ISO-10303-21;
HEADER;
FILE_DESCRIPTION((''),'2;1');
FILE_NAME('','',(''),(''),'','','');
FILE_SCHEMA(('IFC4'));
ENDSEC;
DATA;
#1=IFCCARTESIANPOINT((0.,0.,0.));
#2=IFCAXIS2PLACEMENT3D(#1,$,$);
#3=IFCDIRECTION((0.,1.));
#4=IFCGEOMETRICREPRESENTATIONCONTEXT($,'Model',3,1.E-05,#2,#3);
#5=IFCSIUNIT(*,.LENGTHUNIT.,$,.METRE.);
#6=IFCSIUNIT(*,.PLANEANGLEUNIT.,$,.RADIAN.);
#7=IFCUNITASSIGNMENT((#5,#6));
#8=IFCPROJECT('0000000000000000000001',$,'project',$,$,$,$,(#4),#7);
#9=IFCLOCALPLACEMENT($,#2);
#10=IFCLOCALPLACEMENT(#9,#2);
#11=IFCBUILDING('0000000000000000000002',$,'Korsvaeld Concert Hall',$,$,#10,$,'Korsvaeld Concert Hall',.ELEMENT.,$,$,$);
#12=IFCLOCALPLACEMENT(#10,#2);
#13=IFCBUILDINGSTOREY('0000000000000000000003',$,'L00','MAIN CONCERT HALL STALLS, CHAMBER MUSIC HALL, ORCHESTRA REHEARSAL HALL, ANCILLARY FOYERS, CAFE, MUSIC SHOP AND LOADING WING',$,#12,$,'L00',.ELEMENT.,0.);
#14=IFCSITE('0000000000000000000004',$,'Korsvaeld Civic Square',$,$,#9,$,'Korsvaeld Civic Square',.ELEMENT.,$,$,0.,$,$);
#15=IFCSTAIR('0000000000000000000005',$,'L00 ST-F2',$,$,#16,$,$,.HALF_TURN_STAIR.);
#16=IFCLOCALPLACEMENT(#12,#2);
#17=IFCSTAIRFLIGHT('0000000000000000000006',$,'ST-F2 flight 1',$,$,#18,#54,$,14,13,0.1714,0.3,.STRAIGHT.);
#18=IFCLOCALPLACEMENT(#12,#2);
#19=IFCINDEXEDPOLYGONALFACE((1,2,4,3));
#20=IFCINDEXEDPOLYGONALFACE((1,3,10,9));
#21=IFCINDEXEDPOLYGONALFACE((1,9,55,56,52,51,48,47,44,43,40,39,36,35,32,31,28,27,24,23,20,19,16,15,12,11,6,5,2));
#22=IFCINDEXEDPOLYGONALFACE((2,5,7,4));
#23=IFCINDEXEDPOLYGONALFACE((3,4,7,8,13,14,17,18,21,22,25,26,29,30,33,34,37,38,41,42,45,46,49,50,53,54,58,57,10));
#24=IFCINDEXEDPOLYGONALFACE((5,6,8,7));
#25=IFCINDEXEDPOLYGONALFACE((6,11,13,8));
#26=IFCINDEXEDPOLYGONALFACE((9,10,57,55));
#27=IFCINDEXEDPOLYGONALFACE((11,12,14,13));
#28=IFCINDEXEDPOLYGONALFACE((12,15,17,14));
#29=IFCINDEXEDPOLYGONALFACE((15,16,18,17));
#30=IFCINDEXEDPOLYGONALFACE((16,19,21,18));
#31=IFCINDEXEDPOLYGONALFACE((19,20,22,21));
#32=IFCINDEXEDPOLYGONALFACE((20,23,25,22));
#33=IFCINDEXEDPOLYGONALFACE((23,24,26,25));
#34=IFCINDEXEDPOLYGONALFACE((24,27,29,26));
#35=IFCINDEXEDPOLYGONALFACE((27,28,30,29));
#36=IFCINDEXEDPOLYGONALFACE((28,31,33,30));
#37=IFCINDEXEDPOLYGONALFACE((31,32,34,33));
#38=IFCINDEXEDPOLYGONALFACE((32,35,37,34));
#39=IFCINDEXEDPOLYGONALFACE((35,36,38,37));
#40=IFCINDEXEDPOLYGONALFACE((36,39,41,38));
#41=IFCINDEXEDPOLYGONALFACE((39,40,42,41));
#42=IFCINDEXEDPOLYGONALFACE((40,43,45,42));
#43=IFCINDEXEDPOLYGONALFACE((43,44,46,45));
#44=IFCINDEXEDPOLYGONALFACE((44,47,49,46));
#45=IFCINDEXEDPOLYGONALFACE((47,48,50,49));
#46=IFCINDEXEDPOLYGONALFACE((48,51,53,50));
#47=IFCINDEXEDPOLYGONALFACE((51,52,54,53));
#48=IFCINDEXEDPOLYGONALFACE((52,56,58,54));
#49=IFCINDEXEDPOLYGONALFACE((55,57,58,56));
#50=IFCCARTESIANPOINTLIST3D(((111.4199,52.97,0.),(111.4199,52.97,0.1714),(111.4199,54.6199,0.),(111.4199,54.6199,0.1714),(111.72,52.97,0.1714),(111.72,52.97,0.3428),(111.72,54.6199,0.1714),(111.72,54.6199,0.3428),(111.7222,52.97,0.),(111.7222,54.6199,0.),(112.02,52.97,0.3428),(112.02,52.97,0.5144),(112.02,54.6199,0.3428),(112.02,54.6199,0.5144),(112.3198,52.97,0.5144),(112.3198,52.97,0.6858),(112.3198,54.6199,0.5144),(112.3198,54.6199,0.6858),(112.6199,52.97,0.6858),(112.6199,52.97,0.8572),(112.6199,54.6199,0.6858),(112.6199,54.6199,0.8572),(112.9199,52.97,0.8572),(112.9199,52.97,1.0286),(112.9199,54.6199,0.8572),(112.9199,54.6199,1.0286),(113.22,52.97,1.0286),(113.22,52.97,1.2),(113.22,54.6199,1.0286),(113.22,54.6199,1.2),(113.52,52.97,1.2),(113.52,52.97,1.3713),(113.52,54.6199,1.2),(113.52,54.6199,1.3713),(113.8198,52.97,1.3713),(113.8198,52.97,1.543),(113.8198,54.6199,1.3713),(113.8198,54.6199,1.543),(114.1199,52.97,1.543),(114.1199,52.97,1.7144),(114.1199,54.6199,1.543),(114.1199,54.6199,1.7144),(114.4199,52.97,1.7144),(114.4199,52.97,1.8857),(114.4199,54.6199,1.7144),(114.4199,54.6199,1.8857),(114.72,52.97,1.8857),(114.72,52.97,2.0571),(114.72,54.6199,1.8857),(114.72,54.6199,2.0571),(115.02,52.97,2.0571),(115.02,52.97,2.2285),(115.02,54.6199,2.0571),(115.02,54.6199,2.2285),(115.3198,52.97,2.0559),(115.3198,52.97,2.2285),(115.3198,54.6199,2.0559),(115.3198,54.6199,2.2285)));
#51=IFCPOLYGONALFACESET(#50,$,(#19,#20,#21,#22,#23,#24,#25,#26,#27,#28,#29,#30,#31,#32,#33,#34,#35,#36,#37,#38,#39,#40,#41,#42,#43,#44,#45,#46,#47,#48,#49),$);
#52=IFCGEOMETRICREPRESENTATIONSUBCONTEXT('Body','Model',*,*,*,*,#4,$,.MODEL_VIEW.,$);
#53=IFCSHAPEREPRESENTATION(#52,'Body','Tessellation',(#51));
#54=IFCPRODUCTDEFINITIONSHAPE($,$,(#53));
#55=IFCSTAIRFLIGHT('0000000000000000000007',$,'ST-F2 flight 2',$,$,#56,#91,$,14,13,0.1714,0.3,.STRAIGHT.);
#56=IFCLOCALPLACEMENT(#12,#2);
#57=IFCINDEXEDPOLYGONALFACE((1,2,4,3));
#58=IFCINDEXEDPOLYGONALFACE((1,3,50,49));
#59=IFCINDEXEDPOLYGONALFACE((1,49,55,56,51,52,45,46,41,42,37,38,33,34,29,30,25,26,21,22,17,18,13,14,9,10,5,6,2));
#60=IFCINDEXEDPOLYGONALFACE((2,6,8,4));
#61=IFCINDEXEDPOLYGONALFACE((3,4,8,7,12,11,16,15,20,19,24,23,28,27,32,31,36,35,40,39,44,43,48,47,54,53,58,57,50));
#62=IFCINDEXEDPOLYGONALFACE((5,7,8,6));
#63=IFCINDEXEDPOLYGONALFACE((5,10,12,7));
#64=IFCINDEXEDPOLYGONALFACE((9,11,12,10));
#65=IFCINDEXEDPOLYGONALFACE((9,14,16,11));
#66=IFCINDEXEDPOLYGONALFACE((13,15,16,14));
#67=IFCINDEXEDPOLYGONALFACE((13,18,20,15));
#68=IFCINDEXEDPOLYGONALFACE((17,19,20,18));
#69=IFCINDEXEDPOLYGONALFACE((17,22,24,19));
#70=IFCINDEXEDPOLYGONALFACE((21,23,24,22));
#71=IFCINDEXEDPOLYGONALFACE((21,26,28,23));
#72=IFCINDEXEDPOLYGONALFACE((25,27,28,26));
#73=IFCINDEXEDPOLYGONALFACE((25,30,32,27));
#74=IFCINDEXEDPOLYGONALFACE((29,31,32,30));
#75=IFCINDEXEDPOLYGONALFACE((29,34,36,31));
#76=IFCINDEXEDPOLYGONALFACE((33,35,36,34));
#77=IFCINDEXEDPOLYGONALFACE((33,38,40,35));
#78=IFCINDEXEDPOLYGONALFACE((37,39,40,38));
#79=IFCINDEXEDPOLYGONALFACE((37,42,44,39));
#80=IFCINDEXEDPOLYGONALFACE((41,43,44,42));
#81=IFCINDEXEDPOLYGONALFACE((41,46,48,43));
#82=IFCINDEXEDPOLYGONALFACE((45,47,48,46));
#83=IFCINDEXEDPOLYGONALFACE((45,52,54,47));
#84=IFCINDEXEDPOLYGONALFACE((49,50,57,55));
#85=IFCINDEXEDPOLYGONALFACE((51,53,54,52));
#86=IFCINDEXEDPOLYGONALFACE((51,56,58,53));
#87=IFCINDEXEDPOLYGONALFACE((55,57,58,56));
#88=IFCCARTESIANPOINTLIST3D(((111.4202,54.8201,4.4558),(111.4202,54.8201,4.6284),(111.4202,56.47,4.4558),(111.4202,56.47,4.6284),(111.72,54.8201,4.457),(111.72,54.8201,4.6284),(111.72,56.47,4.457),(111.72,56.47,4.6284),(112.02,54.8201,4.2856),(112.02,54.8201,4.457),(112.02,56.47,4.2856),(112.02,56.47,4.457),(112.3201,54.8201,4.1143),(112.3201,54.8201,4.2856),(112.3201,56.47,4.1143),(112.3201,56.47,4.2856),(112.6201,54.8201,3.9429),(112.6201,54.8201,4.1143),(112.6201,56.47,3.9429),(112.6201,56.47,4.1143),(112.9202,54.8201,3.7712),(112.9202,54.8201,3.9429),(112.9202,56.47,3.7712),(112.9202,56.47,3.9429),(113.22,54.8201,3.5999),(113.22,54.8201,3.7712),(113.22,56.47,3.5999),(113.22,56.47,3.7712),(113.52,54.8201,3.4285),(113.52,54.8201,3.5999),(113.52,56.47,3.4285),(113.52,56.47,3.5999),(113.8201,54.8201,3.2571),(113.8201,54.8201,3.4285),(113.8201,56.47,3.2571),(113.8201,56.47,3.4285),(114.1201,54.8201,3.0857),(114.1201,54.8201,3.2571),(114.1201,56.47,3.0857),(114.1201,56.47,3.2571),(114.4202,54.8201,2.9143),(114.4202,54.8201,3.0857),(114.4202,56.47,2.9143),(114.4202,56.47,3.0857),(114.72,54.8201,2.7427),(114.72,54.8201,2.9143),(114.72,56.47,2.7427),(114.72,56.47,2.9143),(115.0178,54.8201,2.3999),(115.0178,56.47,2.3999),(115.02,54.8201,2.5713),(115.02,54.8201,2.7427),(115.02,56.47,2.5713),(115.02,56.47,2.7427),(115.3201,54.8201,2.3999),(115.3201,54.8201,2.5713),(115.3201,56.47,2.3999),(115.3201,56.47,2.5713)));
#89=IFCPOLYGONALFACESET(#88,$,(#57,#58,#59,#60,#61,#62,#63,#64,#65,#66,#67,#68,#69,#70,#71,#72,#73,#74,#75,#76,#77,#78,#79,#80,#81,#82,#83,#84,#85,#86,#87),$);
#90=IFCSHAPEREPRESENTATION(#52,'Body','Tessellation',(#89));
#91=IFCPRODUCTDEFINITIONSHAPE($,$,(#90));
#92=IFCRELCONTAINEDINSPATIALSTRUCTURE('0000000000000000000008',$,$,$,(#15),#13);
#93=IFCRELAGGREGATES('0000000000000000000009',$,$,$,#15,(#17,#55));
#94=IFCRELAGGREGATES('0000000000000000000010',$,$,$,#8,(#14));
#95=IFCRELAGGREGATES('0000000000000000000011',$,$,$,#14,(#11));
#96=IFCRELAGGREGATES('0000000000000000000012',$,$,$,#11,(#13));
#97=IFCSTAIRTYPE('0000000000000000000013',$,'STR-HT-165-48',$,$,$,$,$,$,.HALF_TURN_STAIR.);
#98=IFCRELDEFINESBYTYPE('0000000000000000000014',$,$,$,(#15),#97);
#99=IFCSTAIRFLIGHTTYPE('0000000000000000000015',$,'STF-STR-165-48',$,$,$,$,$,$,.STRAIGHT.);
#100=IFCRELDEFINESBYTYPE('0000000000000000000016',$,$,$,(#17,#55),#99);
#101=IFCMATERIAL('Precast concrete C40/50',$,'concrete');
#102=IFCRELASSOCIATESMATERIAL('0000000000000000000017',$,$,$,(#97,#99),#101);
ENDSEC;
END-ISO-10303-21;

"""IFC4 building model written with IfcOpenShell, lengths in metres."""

from ifc_helpers import new_model, si_unit, direction, frame, origin, place, context, subcontext, project, spatial, polyline, outline, extrude, material, type_object, element, aggregate, save


model = new_model("IFC4")

# Units and contexts
model_context = context("Model", 3, precision=1e-05, world=origin(), true_north=direction((0.0, 1.0)))
body_context = subcontext(model_context, "Body", "Model", "MODEL_VIEW")
ifc_project = project(units=[si_unit("LENGTHUNIT", "METRE"), si_unit("PLANEANGLEUNIT", "RADIAN")], contexts=[model_context])

# Site, building, storey
site_placement = place(None, origin())
site = spatial("IfcSite", under=ifc_project, at=site_placement, Name="Korsvaeld Civic Square", LongName="Korsvaeld Civic Square", CompositionType="ELEMENT", RefElevation=0.0)
building_placement = place(site_placement, origin())
building = spatial("IfcBuilding", under=site, at=building_placement, Name="Korsvaeld Concert Hall", LongName="Korsvaeld Concert Hall", CompositionType="ELEMENT")
storey_placement = place(building_placement, origin())
storey = spatial("IfcBuildingStorey", under=building, at=storey_placement, Name="L00", Description="MAIN CONCERT HALL STALLS, CHAMBER MUSIC HALL, ORCHESTRA REHEARSAL HALL, ANCILLARY FOYERS, CAFE, MUSIC SHOP AND LOADING WING", LongName="L00", CompositionType="ELEMENT", Elevation=0.0)

# Stair, stair flights
ifc_material_1 = material(Name="Precast concrete C40/50", Category="concrete")
stair_type = type_object("IfcStairType", Name="STR-HT-165-48", PredefinedType="HALF_TURN_STAIR", material=ifc_material_1)
stair_placement = place(storey_placement, origin())
stair = element("IfcStair", 1, at=stair_placement, inside=storey, type_object=stair_type, Name="L00 ST-F2", PredefinedType="HALF_TURN_STAIR")
stair_flight_type = type_object("IfcStairFlightType", Name="STF-STR-165-48", PredefinedType="STRAIGHT", material=ifc_material_1)
stair_flight_1_placement = place(storey_placement, frame((111.4199, 53.7949, 0.0), z_axis=(0.0, 0.0, 1.0), x_axis=(1.0, 0.0, 0.0)))
stair_flight_1 = element("IfcStairFlight", 2, at=stair_flight_1_placement, type_object=stair_flight_type, Name="ST-F2 flight 1", NumberOfRisers=14, NumberOfTreads=13, PredefinedType="STRAIGHT", RiserHeight=0.1714, TreadLength=0.3, context=body_context, shape_type="SweptSolid", body=[
    extrude(outline(polyline([(0.0, 0.0), (0.0, 0.1714), (0.3, 0.1714), (0.3, 0.3428), (0.6001, 0.3428), (0.6001, 0.5144), (0.8999, 0.5144), (0.8999, 0.6858), (1.2, 0.6858), (1.2, 0.8572), (1.5, 0.8572), (1.5, 1.0286), (1.8, 1.0286), (1.8, 1.2), (2.1001, 1.2), (2.1001, 1.3713), (2.3999, 1.3713), (2.3999, 1.543), (2.7, 1.543), (2.7, 1.7144), (3.0, 1.7144), (3.0, 1.8857), (3.3, 1.8857), (3.3, 2.0571), (3.6001, 2.0571), (3.6001, 2.2285), (3.8999, 2.2285), (3.8999, 2.3999), (3.8999, 2.0559), (0.3022, 0.0), (0.0, 0.0)])), frame((0.0, 0.825, 0.0), z_axis=(0.0, -1.0, 0.0), x_axis=(1.0, 0.0, 0.0)), (0.0, 0.0, 1.0), 1.6499),
])
stair_flight_2_placement = place(storey_placement, frame((115.3201, 55.645, 2.3999), z_axis=(0.0, 0.0, 1.0), x_axis=(-1.0, 0.0, 0.0)))
stair_flight_2 = element("IfcStairFlight", 3, at=stair_flight_2_placement, type_object=stair_flight_type, Name="ST-F2 flight 2", NumberOfRisers=14, NumberOfTreads=13, PredefinedType="STRAIGHT", RiserHeight=0.1714, TreadLength=0.3, context=body_context, shape_type="SweptSolid", body=[
    extrude(outline(polyline([(0.0, 0.0), (0.0, 0.1714), (0.3, 0.1714), (0.3, 0.3428), (0.6001, 0.3428), (0.6001, 0.5144), (0.8999, 0.5144), (0.8999, 0.6858), (1.2, 0.6858), (1.2, 0.8572), (1.5, 0.8572), (1.5, 1.0286), (1.8, 1.0286), (1.8, 1.2), (2.1001, 1.2), (2.1001, 1.3713), (2.3999, 1.3713), (2.3999, 1.543), (2.7, 1.543), (2.7, 1.7144), (3.0, 1.7144), (3.0, 1.8857), (3.3, 1.8857), (3.3, 2.0571), (3.6001, 2.0571), (3.6001, 2.2285), (3.8999, 2.2285), (3.8999, 2.3999), (3.8999, 2.0559), (0.3022, 0.0), (0.0, 0.0)])), frame((0.0, 0.825, 0.0), z_axis=(0.0, -1.0, 0.0), x_axis=(1.0, 0.0, 0.0)), (0.0, 0.0, 1.0), 1.6499),
])
aggregate(stair, [stair_flight_1, stair_flight_2])

save(model, "model.ifc")
